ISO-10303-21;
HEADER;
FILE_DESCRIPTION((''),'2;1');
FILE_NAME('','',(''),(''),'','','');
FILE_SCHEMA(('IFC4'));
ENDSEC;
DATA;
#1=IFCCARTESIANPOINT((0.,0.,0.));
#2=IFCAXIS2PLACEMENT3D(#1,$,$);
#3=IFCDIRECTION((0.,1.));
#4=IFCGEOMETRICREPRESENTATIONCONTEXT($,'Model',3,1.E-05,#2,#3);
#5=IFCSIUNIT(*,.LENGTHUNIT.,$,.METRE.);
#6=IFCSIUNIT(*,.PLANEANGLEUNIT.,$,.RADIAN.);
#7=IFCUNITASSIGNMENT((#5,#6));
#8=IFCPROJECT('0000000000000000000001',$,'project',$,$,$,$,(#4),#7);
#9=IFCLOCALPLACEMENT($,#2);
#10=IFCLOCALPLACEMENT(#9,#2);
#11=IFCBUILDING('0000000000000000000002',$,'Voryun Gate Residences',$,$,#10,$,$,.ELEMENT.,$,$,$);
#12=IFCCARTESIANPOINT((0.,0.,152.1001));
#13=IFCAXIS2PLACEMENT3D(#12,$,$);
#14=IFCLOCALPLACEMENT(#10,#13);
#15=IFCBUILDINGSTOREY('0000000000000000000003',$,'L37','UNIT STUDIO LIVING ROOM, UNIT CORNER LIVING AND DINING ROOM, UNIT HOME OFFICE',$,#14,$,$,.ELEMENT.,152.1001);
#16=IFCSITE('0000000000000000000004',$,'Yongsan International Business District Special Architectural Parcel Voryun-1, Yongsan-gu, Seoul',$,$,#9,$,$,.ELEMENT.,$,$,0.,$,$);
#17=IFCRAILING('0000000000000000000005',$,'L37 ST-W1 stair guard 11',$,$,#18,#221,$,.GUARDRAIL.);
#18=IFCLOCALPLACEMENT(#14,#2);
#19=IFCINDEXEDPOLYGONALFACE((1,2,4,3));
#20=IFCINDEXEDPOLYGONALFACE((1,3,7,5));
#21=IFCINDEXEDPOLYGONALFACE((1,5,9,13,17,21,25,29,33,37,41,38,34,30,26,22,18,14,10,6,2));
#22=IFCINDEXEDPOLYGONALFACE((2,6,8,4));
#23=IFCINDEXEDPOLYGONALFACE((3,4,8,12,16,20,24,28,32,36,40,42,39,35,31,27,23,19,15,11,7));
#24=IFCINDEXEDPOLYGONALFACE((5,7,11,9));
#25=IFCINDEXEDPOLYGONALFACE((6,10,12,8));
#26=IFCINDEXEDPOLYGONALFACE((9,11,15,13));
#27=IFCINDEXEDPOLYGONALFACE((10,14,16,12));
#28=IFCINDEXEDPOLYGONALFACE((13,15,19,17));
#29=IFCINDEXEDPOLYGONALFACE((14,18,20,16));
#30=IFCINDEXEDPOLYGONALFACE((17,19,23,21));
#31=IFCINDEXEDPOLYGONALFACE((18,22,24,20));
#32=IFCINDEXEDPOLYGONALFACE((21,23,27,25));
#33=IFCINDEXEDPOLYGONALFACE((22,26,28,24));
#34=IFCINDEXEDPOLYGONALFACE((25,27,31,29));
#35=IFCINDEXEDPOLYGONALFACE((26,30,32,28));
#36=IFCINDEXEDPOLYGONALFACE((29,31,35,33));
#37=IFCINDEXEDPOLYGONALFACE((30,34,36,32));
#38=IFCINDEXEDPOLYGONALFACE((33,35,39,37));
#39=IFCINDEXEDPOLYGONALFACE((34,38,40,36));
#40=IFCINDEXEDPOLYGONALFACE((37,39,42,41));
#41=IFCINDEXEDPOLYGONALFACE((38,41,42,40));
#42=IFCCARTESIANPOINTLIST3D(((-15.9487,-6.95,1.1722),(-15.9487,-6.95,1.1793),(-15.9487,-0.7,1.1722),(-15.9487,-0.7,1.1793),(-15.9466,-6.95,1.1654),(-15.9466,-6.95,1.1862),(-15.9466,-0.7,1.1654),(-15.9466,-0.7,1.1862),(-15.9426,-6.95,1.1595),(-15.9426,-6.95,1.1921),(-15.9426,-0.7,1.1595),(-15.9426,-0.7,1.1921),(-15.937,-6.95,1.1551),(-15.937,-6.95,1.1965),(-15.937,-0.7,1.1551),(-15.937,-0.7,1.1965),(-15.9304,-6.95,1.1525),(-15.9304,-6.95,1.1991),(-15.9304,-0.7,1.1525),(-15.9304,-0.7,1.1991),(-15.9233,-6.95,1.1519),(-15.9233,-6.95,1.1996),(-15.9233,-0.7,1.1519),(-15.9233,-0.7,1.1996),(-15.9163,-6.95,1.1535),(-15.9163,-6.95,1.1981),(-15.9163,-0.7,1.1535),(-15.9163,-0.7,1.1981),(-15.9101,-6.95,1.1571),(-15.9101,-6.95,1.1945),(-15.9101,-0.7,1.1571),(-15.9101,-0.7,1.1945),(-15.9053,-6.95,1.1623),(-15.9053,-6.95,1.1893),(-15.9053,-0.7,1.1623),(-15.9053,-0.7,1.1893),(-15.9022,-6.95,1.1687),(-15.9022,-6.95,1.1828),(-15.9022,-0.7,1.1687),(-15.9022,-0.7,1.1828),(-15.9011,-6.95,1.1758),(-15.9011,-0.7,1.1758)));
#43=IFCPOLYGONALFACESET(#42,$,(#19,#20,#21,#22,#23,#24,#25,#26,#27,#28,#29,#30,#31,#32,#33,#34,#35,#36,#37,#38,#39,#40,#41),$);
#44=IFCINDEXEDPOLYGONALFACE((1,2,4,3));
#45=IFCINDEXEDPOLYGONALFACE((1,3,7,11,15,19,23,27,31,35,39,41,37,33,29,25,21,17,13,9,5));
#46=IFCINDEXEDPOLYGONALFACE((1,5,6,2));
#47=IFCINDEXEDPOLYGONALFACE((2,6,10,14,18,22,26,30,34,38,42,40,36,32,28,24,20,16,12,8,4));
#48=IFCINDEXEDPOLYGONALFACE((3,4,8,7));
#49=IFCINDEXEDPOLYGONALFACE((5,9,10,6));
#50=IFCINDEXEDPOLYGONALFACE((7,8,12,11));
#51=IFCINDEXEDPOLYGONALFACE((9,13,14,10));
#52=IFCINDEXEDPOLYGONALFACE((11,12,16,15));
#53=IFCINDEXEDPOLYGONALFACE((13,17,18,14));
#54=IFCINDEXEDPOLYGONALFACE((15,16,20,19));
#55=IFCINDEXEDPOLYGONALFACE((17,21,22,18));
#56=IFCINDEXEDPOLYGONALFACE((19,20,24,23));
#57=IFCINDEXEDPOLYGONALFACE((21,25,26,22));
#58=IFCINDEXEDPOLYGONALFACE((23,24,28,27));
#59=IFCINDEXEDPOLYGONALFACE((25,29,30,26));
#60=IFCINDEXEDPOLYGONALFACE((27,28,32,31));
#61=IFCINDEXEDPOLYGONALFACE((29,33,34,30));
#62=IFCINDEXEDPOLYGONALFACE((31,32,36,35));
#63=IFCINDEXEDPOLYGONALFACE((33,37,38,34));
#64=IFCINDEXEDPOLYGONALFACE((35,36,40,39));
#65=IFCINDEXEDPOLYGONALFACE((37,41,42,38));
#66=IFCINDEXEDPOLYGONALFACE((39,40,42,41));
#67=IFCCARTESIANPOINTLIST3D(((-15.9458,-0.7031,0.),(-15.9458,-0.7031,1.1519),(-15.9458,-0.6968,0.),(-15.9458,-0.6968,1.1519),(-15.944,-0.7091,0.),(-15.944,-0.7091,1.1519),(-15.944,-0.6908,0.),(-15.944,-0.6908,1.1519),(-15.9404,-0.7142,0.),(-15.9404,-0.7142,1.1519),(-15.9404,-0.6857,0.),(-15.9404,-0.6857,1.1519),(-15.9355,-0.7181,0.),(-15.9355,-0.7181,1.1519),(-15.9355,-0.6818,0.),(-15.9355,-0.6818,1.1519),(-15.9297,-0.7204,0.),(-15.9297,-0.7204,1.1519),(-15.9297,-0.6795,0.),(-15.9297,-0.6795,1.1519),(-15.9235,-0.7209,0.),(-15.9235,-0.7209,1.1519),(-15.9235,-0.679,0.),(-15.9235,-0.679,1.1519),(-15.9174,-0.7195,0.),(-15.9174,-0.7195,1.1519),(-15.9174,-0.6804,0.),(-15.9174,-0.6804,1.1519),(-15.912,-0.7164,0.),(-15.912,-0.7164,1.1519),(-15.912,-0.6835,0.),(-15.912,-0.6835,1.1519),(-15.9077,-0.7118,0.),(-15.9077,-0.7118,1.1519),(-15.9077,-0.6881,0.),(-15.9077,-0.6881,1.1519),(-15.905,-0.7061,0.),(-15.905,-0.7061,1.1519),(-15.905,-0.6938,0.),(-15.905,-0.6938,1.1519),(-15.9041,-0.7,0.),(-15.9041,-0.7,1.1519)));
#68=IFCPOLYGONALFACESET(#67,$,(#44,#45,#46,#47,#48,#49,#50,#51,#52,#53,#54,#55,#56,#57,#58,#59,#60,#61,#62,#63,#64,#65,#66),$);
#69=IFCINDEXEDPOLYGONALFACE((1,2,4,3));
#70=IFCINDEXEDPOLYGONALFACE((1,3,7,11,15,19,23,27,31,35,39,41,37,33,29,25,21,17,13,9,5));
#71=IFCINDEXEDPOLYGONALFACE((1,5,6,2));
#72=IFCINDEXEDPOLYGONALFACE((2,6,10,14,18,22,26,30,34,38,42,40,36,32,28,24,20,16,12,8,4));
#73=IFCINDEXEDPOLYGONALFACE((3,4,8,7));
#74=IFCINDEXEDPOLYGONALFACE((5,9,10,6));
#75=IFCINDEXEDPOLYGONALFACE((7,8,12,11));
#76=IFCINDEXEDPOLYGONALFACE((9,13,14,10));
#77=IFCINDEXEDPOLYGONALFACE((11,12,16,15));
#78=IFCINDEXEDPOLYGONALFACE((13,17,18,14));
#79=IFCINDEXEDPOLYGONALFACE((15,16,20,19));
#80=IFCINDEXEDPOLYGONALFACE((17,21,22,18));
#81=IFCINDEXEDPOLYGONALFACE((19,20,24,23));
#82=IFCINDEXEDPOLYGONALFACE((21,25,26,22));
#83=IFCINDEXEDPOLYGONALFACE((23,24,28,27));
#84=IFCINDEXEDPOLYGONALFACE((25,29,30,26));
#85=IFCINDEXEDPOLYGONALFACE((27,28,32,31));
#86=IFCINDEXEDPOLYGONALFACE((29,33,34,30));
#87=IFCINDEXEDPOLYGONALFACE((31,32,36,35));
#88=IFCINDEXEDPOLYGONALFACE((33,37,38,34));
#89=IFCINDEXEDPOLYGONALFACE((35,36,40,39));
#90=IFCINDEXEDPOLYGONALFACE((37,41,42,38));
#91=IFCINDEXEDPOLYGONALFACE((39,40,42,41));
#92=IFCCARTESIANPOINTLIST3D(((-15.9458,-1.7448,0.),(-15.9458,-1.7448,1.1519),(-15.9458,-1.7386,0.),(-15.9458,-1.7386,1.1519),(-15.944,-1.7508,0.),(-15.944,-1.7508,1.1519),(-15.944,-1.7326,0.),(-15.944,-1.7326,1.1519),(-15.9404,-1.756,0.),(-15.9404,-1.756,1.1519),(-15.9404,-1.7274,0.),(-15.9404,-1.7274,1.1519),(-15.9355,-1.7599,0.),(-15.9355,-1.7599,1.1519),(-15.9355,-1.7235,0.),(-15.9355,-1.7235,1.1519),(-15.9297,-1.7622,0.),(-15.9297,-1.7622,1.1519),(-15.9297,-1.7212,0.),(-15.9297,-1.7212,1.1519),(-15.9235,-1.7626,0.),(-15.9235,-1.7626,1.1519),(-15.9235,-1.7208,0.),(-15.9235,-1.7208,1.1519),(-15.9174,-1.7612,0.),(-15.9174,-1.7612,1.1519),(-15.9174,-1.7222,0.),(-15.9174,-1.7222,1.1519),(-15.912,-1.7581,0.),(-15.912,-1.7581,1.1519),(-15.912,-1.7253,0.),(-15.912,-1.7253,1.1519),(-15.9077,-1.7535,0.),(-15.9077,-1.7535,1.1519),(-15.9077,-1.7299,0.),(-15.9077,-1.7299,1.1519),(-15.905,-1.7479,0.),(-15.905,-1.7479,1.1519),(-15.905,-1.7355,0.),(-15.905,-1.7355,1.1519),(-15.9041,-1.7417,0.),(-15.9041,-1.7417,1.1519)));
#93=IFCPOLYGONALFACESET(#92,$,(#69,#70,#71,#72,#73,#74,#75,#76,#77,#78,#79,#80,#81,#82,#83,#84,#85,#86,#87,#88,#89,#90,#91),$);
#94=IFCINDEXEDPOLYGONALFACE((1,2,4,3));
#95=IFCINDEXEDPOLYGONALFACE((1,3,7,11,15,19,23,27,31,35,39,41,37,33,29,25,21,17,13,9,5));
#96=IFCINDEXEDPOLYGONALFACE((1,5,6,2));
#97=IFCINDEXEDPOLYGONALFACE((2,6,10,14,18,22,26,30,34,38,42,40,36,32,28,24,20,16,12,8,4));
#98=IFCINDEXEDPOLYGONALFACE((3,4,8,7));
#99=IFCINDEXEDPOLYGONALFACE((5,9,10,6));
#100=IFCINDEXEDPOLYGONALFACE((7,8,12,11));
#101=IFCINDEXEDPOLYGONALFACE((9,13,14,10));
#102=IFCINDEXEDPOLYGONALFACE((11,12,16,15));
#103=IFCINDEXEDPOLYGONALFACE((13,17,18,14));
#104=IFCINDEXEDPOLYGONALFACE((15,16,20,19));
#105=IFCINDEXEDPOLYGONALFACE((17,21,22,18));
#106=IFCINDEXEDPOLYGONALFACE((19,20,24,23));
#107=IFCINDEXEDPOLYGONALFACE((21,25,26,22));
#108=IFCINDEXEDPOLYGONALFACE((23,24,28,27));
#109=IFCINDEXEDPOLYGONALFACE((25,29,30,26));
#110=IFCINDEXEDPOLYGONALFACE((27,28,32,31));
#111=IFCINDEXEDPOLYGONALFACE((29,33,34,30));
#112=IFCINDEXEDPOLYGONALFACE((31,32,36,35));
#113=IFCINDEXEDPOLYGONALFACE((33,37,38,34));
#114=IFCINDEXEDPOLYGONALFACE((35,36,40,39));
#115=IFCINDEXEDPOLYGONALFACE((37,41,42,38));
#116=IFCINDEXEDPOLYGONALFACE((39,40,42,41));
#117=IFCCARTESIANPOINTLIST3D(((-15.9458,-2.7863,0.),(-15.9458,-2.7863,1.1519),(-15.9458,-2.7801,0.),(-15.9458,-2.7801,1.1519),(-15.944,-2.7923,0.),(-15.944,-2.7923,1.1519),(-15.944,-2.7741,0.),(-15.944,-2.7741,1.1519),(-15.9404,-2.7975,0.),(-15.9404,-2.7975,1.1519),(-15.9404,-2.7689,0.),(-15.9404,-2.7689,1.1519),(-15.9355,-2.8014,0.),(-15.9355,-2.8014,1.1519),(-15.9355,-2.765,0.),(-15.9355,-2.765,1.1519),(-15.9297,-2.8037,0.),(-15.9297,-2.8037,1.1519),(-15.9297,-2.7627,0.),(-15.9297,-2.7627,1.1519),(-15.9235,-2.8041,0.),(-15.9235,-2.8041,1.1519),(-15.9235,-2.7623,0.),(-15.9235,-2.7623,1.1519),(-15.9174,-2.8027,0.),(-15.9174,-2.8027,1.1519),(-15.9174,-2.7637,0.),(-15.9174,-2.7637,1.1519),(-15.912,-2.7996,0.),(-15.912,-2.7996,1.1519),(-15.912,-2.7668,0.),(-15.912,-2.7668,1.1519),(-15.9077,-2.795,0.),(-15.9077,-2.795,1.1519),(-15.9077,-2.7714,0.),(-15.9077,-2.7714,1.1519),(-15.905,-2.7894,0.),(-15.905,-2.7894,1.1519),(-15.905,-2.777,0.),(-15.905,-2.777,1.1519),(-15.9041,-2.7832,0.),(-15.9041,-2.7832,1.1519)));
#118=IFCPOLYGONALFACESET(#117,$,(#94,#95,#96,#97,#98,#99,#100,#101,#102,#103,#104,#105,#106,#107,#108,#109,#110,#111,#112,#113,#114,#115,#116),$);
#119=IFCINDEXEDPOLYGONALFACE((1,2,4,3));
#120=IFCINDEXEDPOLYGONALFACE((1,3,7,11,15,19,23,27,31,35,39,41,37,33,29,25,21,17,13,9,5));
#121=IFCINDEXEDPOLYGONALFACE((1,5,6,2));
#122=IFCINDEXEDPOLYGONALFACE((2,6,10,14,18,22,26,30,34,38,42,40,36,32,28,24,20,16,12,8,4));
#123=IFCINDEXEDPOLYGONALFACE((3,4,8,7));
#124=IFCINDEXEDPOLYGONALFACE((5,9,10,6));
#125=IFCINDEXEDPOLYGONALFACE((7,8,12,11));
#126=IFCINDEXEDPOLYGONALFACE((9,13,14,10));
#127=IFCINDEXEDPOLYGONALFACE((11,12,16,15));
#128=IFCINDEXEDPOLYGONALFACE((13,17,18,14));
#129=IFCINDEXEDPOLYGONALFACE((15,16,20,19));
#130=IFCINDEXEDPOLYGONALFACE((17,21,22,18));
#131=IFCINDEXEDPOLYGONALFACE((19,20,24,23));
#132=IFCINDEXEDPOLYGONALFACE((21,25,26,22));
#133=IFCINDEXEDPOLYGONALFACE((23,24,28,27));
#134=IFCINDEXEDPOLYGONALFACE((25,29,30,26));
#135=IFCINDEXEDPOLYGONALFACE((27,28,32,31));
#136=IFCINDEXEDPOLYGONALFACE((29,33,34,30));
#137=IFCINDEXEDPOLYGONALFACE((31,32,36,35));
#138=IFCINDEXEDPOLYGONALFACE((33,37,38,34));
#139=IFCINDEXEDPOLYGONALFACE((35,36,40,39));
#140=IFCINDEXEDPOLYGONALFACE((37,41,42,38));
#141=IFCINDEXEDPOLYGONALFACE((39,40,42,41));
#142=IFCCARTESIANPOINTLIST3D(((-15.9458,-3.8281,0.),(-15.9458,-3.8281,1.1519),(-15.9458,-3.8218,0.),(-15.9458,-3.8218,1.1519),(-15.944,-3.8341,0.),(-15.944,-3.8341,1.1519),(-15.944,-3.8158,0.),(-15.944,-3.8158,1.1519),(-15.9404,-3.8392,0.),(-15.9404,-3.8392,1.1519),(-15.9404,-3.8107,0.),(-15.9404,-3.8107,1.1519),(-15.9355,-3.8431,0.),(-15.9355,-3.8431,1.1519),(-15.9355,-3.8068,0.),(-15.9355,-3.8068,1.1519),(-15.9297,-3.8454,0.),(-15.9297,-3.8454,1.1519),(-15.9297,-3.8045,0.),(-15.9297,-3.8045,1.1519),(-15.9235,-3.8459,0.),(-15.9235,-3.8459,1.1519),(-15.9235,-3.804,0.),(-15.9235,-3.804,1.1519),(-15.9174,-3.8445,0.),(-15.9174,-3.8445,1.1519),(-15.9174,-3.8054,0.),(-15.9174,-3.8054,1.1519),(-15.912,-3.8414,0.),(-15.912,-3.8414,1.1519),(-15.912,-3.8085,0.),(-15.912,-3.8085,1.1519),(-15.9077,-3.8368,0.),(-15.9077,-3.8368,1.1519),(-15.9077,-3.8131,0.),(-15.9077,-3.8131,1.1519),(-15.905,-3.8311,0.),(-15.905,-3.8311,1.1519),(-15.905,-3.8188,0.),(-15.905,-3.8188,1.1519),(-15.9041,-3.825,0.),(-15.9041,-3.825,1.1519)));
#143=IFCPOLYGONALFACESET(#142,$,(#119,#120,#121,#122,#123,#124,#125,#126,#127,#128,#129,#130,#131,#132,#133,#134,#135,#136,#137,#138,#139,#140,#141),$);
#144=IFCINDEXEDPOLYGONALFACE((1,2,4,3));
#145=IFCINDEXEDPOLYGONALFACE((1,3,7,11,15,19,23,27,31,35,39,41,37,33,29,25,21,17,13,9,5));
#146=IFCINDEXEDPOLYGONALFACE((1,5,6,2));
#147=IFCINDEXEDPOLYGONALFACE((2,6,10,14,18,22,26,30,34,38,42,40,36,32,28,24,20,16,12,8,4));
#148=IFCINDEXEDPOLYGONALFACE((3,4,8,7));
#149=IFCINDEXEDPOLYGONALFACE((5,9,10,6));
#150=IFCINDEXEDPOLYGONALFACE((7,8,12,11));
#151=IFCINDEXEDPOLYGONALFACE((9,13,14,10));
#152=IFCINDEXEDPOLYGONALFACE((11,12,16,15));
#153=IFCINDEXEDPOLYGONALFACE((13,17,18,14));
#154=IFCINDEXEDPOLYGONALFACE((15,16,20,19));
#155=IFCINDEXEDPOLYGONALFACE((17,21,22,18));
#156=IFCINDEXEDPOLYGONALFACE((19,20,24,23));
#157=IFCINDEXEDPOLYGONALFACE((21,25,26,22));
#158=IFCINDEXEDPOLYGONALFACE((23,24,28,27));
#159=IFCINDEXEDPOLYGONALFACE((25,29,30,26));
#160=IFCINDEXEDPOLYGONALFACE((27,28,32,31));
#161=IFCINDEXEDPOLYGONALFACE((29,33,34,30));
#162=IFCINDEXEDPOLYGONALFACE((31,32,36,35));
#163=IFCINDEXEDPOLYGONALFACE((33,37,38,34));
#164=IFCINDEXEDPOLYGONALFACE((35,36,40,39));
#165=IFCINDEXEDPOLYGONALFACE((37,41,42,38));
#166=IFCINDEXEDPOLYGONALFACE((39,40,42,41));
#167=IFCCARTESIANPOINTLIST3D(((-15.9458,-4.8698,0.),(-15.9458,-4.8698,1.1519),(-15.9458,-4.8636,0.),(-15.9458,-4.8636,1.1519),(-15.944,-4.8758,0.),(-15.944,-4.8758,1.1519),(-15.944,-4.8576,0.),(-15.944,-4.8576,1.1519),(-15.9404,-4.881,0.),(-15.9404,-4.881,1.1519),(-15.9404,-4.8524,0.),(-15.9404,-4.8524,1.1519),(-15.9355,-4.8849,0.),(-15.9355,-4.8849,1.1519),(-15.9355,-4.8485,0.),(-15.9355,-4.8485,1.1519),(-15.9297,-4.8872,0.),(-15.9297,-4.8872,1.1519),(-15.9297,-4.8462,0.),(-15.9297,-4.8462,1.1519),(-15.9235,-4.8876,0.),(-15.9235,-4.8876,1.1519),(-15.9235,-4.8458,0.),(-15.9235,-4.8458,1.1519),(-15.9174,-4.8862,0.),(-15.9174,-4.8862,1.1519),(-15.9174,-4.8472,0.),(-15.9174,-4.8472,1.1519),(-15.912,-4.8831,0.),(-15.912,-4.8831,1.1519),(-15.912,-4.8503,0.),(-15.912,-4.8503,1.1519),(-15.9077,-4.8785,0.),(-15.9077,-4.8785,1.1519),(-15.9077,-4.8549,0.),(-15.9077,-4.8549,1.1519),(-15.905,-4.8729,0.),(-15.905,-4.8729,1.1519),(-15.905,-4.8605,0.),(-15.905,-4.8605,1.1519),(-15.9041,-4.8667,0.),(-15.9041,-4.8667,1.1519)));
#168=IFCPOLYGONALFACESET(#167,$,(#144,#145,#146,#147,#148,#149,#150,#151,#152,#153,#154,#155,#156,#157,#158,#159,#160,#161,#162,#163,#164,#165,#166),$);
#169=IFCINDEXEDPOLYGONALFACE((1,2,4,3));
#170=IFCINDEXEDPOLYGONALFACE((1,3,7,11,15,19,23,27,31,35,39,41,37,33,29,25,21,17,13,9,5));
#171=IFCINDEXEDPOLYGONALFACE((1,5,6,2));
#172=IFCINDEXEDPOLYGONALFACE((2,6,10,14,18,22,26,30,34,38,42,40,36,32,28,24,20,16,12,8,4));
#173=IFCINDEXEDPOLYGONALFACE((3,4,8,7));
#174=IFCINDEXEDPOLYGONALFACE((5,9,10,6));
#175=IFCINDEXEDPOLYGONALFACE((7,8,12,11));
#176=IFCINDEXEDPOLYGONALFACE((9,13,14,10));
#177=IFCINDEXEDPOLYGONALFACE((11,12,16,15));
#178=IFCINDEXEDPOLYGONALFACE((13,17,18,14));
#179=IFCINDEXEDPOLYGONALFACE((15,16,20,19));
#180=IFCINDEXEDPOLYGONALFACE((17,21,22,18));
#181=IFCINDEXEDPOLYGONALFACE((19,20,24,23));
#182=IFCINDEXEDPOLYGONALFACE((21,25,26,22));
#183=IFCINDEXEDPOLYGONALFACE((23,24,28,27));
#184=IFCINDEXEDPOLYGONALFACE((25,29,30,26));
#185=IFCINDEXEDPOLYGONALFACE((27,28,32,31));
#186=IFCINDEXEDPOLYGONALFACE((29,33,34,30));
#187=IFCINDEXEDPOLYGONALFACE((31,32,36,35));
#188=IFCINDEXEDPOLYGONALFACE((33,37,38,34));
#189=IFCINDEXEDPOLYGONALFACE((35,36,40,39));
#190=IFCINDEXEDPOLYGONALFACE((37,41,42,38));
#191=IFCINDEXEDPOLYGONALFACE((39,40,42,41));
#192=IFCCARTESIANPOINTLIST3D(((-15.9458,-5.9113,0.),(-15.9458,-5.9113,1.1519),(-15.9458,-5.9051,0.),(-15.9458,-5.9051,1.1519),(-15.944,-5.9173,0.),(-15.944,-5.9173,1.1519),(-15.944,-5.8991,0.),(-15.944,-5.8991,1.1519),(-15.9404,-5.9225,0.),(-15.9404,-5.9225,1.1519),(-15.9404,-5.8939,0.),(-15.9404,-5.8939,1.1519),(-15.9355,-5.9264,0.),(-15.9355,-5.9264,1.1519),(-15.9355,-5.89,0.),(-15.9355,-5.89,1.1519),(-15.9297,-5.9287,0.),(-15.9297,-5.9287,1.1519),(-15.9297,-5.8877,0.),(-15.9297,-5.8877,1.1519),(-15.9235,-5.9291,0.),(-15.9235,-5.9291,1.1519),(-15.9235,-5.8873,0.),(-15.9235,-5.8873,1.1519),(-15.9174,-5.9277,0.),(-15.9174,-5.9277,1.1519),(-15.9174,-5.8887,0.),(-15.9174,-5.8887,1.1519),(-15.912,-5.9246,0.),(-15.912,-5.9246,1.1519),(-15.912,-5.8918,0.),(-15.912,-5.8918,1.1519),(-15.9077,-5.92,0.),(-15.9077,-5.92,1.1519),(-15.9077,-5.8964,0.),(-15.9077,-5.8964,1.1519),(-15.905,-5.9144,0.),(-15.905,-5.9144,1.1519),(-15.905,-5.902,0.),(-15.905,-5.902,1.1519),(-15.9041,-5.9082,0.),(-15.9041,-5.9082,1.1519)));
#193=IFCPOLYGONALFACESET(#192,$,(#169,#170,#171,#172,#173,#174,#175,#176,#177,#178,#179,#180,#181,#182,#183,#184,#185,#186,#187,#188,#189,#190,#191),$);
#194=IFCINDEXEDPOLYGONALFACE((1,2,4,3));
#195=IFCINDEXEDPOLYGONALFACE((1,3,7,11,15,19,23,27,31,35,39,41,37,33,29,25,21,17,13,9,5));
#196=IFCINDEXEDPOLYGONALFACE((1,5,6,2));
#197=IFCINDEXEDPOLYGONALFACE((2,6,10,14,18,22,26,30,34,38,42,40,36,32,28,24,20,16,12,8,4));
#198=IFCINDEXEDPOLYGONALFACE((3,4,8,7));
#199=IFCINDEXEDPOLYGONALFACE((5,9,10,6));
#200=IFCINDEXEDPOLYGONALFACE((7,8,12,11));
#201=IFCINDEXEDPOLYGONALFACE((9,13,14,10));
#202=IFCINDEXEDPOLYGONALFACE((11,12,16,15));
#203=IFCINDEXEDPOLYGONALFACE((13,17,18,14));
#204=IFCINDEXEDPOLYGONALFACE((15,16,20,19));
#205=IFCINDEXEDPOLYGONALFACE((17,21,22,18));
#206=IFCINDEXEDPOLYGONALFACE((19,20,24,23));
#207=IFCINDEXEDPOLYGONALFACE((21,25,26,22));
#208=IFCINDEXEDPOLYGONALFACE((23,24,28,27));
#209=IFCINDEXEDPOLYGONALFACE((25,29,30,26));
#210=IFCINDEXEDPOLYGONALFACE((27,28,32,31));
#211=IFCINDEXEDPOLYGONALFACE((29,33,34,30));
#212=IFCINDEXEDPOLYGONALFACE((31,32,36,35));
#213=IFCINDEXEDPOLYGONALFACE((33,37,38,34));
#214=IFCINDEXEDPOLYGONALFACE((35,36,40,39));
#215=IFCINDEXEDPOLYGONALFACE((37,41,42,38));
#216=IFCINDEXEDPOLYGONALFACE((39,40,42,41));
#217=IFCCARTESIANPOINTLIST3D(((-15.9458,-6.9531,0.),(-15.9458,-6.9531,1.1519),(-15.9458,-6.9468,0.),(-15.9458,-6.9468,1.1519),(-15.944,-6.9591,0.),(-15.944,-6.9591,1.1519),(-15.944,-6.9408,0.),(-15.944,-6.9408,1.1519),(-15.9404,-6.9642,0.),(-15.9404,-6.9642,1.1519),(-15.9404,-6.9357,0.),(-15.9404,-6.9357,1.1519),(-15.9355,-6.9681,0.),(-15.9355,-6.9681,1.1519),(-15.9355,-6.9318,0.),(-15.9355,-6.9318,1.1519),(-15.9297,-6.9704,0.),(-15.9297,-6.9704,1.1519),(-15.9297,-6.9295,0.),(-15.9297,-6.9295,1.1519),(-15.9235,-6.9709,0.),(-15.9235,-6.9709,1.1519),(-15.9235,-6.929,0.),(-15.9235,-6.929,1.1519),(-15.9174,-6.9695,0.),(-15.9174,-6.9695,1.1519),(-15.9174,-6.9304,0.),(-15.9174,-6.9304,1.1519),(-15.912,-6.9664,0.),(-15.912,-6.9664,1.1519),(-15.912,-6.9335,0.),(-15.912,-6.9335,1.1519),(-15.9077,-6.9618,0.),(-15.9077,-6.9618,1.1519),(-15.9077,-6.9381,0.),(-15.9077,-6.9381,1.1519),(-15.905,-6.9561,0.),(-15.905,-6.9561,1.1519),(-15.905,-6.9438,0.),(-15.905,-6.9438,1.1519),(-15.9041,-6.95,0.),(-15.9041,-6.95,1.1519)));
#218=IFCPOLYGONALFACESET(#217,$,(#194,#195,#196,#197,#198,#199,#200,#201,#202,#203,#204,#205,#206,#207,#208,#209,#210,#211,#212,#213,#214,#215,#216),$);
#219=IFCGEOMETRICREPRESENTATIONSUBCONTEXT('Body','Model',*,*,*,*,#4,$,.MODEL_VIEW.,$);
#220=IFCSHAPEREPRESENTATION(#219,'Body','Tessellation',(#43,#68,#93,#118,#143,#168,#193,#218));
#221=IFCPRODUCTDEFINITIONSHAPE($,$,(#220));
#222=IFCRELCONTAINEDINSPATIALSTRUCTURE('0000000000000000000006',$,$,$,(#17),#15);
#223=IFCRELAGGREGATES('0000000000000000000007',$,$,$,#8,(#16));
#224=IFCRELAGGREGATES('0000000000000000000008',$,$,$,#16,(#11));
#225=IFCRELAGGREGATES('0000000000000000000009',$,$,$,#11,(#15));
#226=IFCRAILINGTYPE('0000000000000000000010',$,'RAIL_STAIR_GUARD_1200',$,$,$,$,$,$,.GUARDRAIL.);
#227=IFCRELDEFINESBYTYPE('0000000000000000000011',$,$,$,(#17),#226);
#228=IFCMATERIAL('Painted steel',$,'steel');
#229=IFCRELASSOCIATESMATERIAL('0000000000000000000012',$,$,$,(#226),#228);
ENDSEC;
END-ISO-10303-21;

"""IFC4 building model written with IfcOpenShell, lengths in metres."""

from ifc_helpers import new_model, si_unit, direction, frame, origin, origin_2d, place, context, subcontext, project, spatial, circle, extrude, material, type_object, element, save


model = new_model("IFC4")

# Units and contexts
model_context = context("Model", 3, precision=1e-05, world=origin(), true_north=direction((0.0, 1.0)))
body_context = subcontext(model_context, "Body", "Model", "MODEL_VIEW")
ifc_project = project(units=[si_unit("LENGTHUNIT", "METRE"), si_unit("PLANEANGLEUNIT", "RADIAN")], contexts=[model_context])

# Site, building, storey
site_placement = place(None, origin())
site = spatial("IfcSite", under=ifc_project, at=site_placement, Name="Yongsan International Business District Special Architectural Parcel Voryun-1, Yongsan-gu, Seoul", CompositionType="ELEMENT", RefElevation=0.0)
building_placement = place(site_placement, origin())
building = spatial("IfcBuilding", under=site, at=building_placement, Name="Voryun Gate Residences", CompositionType="ELEMENT")
storey_placement = place(building_placement, frame((0.0, 0.0, 152.1001)))
storey = spatial("IfcBuildingStorey", under=building, at=storey_placement, Name="L37", Description="UNIT STUDIO LIVING ROOM, UNIT CORNER LIVING AND DINING ROOM, UNIT HOME OFFICE", CompositionType="ELEMENT", Elevation=152.1001)

# Railing
ifc_material_1 = material(Name="Painted steel", Category="steel")
railing_type = type_object("IfcRailingType", Name="RAIL_STAIR_GUARD_1200", PredefinedType="GUARDRAIL", material=ifc_material_1)
railing_1_placement = place(storey_placement, frame((-15.925, -0.7, 0.0)))
element("IfcRailing", 1, at=railing_1_placement, inside=storey, type_object=railing_type, Name="L37 ST-W1 stair guard 11", PredefinedType="GUARDRAIL", context=body_context, shape_type="SweptSolid", body=[
    extrude(circle(Radius=0.0239, at=origin_2d()), frame((0.0, 0.0, 1.1758), z_axis=(0.0, -1.0, 0.0), x_axis=(1.0, 0.0, 0.0)), (0.0, 0.0, 1.0), 6.25),
    extrude(circle(Radius=0.021, at=origin_2d()), origin(), (0.0, 0.0, 1.0), 1.1519),
    extrude(circle(Radius=0.021, at=origin_2d()), frame((0.0, -1.0417, 0.0)), (0.0, 0.0, 1.0), 1.1519),
    extrude(circle(Radius=0.021, at=origin_2d()), frame((0.0, -2.0833, 0.0)), (0.0, 0.0, 1.0), 1.1519),
    extrude(circle(Radius=0.021, at=origin_2d()), frame((0.0, -3.125, 0.0)), (0.0, 0.0, 1.0), 1.1519),
    extrude(circle(Radius=0.021, at=origin_2d()), frame((0.0, -4.1667, 0.0)), (0.0, 0.0, 1.0), 1.1519),
    extrude(circle(Radius=0.021, at=origin_2d()), frame((0.0, -5.2083, 0.0)), (0.0, 0.0, 1.0), 1.1519),
    extrude(circle(Radius=0.021, at=origin_2d()), frame((0.0, -6.25, 0.0)), (0.0, 0.0, 1.0), 1.1519),
])

save(model, "model.ifc")
